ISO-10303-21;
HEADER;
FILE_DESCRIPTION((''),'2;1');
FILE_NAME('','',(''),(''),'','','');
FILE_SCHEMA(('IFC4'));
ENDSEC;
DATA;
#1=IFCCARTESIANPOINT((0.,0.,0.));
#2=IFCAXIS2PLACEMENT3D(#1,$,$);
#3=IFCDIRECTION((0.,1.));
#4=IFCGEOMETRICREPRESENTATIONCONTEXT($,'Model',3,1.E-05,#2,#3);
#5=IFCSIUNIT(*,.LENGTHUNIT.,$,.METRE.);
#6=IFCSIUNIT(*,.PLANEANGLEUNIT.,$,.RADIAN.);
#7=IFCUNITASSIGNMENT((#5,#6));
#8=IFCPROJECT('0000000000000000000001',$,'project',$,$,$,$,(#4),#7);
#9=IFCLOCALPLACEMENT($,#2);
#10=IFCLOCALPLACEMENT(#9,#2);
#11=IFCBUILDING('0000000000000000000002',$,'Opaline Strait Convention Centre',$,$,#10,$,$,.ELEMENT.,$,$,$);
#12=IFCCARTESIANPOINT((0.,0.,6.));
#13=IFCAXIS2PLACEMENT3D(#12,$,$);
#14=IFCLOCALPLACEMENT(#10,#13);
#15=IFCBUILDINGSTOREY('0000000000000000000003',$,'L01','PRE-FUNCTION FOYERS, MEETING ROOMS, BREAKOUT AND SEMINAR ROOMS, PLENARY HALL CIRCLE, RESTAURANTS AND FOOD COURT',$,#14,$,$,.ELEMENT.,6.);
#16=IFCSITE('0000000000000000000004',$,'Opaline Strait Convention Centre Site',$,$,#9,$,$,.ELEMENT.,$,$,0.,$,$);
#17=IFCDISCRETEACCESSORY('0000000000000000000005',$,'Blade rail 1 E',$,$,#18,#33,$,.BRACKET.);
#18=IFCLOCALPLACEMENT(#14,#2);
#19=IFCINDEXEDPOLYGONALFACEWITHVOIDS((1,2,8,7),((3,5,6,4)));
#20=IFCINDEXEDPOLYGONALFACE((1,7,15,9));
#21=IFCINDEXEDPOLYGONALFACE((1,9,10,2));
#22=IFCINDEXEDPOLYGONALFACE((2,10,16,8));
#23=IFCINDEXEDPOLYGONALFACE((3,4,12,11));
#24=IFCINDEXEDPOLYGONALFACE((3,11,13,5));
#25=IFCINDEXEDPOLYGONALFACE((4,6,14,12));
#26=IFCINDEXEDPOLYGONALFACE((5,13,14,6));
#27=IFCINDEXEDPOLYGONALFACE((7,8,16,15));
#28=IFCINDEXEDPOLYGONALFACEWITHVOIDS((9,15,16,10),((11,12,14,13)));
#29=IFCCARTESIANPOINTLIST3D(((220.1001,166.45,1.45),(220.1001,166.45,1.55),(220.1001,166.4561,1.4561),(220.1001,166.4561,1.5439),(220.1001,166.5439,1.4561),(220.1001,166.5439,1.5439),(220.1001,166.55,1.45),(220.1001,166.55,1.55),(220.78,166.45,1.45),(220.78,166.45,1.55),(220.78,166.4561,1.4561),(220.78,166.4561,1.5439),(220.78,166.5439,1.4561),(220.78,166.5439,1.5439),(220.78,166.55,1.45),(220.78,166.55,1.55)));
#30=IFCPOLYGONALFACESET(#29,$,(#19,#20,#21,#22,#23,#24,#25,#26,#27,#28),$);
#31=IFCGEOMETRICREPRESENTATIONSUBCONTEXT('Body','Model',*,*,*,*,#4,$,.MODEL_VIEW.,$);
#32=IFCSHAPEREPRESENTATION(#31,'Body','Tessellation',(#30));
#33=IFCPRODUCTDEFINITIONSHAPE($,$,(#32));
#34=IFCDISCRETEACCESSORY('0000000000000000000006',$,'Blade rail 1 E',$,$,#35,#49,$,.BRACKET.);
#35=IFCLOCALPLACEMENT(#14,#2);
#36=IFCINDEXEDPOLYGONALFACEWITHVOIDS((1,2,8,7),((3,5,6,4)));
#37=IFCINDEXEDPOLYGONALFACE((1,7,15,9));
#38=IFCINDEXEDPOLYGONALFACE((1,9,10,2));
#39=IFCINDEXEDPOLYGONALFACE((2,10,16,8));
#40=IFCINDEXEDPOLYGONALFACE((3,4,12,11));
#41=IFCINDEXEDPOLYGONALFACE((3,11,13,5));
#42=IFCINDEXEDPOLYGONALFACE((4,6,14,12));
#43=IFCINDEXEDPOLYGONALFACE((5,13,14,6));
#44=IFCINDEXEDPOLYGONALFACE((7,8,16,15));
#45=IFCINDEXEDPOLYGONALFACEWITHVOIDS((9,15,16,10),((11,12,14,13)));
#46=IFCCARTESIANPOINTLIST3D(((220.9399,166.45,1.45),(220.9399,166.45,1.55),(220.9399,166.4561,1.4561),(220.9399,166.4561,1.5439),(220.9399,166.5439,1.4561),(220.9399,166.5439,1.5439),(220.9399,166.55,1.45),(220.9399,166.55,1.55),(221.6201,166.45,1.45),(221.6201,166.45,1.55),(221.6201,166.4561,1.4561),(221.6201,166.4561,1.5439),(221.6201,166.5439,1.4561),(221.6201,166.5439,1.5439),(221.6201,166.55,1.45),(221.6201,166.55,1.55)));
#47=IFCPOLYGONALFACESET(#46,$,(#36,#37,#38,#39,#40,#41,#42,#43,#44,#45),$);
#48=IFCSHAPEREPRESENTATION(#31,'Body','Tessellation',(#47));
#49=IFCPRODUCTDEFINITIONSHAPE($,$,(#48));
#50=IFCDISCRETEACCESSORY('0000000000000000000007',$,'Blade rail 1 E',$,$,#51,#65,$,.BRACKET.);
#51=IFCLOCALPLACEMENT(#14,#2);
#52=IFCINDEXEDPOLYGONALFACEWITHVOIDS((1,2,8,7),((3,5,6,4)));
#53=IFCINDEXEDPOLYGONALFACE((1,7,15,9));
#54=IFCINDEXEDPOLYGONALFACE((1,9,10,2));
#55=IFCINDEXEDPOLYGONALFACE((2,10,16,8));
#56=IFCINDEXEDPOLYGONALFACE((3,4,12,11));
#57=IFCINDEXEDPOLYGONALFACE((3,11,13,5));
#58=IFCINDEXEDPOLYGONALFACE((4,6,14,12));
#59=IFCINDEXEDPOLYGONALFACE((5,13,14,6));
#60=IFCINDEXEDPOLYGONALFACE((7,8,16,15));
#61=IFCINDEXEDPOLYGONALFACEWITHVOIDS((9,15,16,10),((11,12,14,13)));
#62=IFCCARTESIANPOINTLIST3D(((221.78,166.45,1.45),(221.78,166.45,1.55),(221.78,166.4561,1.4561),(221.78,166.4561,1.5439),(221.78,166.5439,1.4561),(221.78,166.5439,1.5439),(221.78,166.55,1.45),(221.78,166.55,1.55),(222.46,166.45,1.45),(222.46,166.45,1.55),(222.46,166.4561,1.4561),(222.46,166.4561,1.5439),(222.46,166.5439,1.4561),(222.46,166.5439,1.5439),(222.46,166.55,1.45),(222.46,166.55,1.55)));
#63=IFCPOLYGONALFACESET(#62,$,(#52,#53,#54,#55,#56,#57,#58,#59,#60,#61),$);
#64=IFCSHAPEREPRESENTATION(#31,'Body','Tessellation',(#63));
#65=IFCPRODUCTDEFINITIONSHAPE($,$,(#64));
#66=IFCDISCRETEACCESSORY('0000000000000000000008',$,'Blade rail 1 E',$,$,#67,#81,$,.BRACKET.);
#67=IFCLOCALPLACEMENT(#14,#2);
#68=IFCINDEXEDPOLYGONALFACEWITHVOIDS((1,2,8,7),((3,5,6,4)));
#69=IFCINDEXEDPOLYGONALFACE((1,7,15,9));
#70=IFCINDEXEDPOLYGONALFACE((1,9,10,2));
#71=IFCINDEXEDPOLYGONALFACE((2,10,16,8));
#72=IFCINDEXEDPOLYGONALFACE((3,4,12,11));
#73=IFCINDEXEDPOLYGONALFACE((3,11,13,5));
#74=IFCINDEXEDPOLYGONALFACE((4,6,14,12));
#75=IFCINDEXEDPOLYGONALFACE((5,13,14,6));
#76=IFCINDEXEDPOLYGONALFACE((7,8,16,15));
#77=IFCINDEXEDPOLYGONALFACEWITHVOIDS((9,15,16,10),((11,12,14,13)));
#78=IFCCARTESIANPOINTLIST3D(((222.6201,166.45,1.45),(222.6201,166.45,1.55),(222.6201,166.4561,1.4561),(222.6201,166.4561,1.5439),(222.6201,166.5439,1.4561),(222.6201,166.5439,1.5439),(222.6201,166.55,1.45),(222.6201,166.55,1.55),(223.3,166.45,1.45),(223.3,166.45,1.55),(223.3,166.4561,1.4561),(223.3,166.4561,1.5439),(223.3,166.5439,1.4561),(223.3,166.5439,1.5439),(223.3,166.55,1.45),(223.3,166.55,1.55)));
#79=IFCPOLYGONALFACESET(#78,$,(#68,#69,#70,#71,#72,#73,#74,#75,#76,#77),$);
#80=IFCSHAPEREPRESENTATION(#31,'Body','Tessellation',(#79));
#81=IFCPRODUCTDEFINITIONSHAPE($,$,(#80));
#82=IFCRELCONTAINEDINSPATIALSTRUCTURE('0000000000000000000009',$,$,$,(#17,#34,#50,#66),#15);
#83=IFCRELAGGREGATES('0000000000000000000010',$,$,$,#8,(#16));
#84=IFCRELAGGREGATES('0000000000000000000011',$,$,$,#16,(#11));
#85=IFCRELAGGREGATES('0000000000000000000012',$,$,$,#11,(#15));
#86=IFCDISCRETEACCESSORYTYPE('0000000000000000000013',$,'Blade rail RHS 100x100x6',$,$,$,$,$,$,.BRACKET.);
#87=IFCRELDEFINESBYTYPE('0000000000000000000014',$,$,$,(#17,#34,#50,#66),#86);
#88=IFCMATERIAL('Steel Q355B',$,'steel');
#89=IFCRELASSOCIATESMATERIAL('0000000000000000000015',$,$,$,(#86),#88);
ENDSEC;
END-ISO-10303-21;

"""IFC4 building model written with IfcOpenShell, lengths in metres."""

from ifc_helpers import new_model, si_unit, direction, frame, origin, origin_2d, place, context, subcontext, project, spatial, hollow_rectangle, extrude, material, material_profile, profile_set, type_object, element, save


model = new_model("IFC4")

# Units and contexts
model_context = context("Model", 3, precision=1e-05, world=origin(), true_north=direction((0.0, 1.0)))
body_context = subcontext(model_context, "Body", "Model", "MODEL_VIEW")
ifc_project = project(units=[si_unit("LENGTHUNIT", "METRE"), si_unit("PLANEANGLEUNIT", "RADIAN")], contexts=[model_context])

# Site, building, storey
site_placement = place(None, origin())
site = spatial("IfcSite", under=ifc_project, at=site_placement, Name="Opaline Strait Convention Centre Site", CompositionType="ELEMENT", RefElevation=0.0)
building_placement = place(site_placement, origin())
building = spatial("IfcBuilding", under=site, at=building_placement, Name="Opaline Strait Convention Centre", CompositionType="ELEMENT")
storey_placement = place(building_placement, frame((0.0, 0.0, 6.0)))
storey = spatial("IfcBuildingStorey", under=building, at=storey_placement, Name="L01", Description="PRE-FUNCTION FOYERS, MEETING ROOMS, BREAKOUT AND SEMINAR ROOMS, PLENARY HALL CIRCLE, RESTAURANTS AND FOOD COURT", CompositionType="ELEMENT", Elevation=6.0)

# Shared definitions
ifc_material_1 = material(Name="Steel Q355B", Category="steel")

# Discrete accessories
ifc_material_profile_1 = material_profile(ifc_material_1, hollow_rectangle(XDim=0.1001, YDim=0.1001, WallThickness=0.0061, at=origin_2d()), Name="RHS 100x100x6")
ifc_profile_set_1 = profile_set([ifc_material_profile_1], Name="Steel Q355B")
discrete_accessory_type = type_object("IfcDiscreteAccessoryType", Name="Blade rail RHS 100x100x6", PredefinedType="BRACKET", material=ifc_profile_set_1)
for number, where, z_axis, x_axis, name in (
    (1, (220.1001, 166.5, 1.5), (1.0, 0.0, 0.0), (0.0, 1.0, 0.0), "Blade rail 1 E"),
):
    element("IfcDiscreteAccessory", number, at=place(storey_placement, frame(where, z_axis=z_axis, x_axis=x_axis)), inside=storey, type_object=discrete_accessory_type, Name=name, PredefinedType="BRACKET", context=body_context, shape_type="SweptSolid", body=[
        extrude(hollow_rectangle(XDim=0.1001, YDim=0.1001, WallThickness=0.0061, at=origin_2d()), origin(), (0.0, 0.0, 1.0), 0.6799),
    ])
discrete_accessory_1_placement = place(storey_placement, frame((220.9399, 166.5, 1.5), z_axis=(1.0, 0.0, 0.0), x_axis=(0.0, 1.0, 0.0)))
element("IfcDiscreteAccessory", 2, at=discrete_accessory_1_placement, inside=storey, type_object=discrete_accessory_type, Name="Blade rail 1 E", PredefinedType="BRACKET", context=body_context, shape_type="SweptSolid", body=[
    extrude(hollow_rectangle(XDim=0.1001, YDim=0.1001, WallThickness=0.0061, at=origin_2d()), origin(), (0.0, 0.0, 1.0), 0.6802),
])
for number, where, z_axis, x_axis, name in (
    (3, (221.78, 166.5, 1.5), (1.0, 0.0, 0.0), (0.0, 1.0, 0.0), "Blade rail 1 E"),
    (4, (222.6201, 166.5, 1.5), (1.0, 0.0, 0.0), (0.0, 1.0, 0.0), "Blade rail 1 E"),
):
    element("IfcDiscreteAccessory", number, at=place(storey_placement, frame(where, z_axis=z_axis, x_axis=x_axis)), inside=storey, type_object=discrete_accessory_type, Name=name, PredefinedType="BRACKET", context=body_context, shape_type="SweptSolid", body=[
        extrude(hollow_rectangle(XDim=0.1001, YDim=0.1001, WallThickness=0.0061, at=origin_2d()), origin(), (0.0, 0.0, 1.0), 0.6799),
    ])

save(model, "model.ifc")
